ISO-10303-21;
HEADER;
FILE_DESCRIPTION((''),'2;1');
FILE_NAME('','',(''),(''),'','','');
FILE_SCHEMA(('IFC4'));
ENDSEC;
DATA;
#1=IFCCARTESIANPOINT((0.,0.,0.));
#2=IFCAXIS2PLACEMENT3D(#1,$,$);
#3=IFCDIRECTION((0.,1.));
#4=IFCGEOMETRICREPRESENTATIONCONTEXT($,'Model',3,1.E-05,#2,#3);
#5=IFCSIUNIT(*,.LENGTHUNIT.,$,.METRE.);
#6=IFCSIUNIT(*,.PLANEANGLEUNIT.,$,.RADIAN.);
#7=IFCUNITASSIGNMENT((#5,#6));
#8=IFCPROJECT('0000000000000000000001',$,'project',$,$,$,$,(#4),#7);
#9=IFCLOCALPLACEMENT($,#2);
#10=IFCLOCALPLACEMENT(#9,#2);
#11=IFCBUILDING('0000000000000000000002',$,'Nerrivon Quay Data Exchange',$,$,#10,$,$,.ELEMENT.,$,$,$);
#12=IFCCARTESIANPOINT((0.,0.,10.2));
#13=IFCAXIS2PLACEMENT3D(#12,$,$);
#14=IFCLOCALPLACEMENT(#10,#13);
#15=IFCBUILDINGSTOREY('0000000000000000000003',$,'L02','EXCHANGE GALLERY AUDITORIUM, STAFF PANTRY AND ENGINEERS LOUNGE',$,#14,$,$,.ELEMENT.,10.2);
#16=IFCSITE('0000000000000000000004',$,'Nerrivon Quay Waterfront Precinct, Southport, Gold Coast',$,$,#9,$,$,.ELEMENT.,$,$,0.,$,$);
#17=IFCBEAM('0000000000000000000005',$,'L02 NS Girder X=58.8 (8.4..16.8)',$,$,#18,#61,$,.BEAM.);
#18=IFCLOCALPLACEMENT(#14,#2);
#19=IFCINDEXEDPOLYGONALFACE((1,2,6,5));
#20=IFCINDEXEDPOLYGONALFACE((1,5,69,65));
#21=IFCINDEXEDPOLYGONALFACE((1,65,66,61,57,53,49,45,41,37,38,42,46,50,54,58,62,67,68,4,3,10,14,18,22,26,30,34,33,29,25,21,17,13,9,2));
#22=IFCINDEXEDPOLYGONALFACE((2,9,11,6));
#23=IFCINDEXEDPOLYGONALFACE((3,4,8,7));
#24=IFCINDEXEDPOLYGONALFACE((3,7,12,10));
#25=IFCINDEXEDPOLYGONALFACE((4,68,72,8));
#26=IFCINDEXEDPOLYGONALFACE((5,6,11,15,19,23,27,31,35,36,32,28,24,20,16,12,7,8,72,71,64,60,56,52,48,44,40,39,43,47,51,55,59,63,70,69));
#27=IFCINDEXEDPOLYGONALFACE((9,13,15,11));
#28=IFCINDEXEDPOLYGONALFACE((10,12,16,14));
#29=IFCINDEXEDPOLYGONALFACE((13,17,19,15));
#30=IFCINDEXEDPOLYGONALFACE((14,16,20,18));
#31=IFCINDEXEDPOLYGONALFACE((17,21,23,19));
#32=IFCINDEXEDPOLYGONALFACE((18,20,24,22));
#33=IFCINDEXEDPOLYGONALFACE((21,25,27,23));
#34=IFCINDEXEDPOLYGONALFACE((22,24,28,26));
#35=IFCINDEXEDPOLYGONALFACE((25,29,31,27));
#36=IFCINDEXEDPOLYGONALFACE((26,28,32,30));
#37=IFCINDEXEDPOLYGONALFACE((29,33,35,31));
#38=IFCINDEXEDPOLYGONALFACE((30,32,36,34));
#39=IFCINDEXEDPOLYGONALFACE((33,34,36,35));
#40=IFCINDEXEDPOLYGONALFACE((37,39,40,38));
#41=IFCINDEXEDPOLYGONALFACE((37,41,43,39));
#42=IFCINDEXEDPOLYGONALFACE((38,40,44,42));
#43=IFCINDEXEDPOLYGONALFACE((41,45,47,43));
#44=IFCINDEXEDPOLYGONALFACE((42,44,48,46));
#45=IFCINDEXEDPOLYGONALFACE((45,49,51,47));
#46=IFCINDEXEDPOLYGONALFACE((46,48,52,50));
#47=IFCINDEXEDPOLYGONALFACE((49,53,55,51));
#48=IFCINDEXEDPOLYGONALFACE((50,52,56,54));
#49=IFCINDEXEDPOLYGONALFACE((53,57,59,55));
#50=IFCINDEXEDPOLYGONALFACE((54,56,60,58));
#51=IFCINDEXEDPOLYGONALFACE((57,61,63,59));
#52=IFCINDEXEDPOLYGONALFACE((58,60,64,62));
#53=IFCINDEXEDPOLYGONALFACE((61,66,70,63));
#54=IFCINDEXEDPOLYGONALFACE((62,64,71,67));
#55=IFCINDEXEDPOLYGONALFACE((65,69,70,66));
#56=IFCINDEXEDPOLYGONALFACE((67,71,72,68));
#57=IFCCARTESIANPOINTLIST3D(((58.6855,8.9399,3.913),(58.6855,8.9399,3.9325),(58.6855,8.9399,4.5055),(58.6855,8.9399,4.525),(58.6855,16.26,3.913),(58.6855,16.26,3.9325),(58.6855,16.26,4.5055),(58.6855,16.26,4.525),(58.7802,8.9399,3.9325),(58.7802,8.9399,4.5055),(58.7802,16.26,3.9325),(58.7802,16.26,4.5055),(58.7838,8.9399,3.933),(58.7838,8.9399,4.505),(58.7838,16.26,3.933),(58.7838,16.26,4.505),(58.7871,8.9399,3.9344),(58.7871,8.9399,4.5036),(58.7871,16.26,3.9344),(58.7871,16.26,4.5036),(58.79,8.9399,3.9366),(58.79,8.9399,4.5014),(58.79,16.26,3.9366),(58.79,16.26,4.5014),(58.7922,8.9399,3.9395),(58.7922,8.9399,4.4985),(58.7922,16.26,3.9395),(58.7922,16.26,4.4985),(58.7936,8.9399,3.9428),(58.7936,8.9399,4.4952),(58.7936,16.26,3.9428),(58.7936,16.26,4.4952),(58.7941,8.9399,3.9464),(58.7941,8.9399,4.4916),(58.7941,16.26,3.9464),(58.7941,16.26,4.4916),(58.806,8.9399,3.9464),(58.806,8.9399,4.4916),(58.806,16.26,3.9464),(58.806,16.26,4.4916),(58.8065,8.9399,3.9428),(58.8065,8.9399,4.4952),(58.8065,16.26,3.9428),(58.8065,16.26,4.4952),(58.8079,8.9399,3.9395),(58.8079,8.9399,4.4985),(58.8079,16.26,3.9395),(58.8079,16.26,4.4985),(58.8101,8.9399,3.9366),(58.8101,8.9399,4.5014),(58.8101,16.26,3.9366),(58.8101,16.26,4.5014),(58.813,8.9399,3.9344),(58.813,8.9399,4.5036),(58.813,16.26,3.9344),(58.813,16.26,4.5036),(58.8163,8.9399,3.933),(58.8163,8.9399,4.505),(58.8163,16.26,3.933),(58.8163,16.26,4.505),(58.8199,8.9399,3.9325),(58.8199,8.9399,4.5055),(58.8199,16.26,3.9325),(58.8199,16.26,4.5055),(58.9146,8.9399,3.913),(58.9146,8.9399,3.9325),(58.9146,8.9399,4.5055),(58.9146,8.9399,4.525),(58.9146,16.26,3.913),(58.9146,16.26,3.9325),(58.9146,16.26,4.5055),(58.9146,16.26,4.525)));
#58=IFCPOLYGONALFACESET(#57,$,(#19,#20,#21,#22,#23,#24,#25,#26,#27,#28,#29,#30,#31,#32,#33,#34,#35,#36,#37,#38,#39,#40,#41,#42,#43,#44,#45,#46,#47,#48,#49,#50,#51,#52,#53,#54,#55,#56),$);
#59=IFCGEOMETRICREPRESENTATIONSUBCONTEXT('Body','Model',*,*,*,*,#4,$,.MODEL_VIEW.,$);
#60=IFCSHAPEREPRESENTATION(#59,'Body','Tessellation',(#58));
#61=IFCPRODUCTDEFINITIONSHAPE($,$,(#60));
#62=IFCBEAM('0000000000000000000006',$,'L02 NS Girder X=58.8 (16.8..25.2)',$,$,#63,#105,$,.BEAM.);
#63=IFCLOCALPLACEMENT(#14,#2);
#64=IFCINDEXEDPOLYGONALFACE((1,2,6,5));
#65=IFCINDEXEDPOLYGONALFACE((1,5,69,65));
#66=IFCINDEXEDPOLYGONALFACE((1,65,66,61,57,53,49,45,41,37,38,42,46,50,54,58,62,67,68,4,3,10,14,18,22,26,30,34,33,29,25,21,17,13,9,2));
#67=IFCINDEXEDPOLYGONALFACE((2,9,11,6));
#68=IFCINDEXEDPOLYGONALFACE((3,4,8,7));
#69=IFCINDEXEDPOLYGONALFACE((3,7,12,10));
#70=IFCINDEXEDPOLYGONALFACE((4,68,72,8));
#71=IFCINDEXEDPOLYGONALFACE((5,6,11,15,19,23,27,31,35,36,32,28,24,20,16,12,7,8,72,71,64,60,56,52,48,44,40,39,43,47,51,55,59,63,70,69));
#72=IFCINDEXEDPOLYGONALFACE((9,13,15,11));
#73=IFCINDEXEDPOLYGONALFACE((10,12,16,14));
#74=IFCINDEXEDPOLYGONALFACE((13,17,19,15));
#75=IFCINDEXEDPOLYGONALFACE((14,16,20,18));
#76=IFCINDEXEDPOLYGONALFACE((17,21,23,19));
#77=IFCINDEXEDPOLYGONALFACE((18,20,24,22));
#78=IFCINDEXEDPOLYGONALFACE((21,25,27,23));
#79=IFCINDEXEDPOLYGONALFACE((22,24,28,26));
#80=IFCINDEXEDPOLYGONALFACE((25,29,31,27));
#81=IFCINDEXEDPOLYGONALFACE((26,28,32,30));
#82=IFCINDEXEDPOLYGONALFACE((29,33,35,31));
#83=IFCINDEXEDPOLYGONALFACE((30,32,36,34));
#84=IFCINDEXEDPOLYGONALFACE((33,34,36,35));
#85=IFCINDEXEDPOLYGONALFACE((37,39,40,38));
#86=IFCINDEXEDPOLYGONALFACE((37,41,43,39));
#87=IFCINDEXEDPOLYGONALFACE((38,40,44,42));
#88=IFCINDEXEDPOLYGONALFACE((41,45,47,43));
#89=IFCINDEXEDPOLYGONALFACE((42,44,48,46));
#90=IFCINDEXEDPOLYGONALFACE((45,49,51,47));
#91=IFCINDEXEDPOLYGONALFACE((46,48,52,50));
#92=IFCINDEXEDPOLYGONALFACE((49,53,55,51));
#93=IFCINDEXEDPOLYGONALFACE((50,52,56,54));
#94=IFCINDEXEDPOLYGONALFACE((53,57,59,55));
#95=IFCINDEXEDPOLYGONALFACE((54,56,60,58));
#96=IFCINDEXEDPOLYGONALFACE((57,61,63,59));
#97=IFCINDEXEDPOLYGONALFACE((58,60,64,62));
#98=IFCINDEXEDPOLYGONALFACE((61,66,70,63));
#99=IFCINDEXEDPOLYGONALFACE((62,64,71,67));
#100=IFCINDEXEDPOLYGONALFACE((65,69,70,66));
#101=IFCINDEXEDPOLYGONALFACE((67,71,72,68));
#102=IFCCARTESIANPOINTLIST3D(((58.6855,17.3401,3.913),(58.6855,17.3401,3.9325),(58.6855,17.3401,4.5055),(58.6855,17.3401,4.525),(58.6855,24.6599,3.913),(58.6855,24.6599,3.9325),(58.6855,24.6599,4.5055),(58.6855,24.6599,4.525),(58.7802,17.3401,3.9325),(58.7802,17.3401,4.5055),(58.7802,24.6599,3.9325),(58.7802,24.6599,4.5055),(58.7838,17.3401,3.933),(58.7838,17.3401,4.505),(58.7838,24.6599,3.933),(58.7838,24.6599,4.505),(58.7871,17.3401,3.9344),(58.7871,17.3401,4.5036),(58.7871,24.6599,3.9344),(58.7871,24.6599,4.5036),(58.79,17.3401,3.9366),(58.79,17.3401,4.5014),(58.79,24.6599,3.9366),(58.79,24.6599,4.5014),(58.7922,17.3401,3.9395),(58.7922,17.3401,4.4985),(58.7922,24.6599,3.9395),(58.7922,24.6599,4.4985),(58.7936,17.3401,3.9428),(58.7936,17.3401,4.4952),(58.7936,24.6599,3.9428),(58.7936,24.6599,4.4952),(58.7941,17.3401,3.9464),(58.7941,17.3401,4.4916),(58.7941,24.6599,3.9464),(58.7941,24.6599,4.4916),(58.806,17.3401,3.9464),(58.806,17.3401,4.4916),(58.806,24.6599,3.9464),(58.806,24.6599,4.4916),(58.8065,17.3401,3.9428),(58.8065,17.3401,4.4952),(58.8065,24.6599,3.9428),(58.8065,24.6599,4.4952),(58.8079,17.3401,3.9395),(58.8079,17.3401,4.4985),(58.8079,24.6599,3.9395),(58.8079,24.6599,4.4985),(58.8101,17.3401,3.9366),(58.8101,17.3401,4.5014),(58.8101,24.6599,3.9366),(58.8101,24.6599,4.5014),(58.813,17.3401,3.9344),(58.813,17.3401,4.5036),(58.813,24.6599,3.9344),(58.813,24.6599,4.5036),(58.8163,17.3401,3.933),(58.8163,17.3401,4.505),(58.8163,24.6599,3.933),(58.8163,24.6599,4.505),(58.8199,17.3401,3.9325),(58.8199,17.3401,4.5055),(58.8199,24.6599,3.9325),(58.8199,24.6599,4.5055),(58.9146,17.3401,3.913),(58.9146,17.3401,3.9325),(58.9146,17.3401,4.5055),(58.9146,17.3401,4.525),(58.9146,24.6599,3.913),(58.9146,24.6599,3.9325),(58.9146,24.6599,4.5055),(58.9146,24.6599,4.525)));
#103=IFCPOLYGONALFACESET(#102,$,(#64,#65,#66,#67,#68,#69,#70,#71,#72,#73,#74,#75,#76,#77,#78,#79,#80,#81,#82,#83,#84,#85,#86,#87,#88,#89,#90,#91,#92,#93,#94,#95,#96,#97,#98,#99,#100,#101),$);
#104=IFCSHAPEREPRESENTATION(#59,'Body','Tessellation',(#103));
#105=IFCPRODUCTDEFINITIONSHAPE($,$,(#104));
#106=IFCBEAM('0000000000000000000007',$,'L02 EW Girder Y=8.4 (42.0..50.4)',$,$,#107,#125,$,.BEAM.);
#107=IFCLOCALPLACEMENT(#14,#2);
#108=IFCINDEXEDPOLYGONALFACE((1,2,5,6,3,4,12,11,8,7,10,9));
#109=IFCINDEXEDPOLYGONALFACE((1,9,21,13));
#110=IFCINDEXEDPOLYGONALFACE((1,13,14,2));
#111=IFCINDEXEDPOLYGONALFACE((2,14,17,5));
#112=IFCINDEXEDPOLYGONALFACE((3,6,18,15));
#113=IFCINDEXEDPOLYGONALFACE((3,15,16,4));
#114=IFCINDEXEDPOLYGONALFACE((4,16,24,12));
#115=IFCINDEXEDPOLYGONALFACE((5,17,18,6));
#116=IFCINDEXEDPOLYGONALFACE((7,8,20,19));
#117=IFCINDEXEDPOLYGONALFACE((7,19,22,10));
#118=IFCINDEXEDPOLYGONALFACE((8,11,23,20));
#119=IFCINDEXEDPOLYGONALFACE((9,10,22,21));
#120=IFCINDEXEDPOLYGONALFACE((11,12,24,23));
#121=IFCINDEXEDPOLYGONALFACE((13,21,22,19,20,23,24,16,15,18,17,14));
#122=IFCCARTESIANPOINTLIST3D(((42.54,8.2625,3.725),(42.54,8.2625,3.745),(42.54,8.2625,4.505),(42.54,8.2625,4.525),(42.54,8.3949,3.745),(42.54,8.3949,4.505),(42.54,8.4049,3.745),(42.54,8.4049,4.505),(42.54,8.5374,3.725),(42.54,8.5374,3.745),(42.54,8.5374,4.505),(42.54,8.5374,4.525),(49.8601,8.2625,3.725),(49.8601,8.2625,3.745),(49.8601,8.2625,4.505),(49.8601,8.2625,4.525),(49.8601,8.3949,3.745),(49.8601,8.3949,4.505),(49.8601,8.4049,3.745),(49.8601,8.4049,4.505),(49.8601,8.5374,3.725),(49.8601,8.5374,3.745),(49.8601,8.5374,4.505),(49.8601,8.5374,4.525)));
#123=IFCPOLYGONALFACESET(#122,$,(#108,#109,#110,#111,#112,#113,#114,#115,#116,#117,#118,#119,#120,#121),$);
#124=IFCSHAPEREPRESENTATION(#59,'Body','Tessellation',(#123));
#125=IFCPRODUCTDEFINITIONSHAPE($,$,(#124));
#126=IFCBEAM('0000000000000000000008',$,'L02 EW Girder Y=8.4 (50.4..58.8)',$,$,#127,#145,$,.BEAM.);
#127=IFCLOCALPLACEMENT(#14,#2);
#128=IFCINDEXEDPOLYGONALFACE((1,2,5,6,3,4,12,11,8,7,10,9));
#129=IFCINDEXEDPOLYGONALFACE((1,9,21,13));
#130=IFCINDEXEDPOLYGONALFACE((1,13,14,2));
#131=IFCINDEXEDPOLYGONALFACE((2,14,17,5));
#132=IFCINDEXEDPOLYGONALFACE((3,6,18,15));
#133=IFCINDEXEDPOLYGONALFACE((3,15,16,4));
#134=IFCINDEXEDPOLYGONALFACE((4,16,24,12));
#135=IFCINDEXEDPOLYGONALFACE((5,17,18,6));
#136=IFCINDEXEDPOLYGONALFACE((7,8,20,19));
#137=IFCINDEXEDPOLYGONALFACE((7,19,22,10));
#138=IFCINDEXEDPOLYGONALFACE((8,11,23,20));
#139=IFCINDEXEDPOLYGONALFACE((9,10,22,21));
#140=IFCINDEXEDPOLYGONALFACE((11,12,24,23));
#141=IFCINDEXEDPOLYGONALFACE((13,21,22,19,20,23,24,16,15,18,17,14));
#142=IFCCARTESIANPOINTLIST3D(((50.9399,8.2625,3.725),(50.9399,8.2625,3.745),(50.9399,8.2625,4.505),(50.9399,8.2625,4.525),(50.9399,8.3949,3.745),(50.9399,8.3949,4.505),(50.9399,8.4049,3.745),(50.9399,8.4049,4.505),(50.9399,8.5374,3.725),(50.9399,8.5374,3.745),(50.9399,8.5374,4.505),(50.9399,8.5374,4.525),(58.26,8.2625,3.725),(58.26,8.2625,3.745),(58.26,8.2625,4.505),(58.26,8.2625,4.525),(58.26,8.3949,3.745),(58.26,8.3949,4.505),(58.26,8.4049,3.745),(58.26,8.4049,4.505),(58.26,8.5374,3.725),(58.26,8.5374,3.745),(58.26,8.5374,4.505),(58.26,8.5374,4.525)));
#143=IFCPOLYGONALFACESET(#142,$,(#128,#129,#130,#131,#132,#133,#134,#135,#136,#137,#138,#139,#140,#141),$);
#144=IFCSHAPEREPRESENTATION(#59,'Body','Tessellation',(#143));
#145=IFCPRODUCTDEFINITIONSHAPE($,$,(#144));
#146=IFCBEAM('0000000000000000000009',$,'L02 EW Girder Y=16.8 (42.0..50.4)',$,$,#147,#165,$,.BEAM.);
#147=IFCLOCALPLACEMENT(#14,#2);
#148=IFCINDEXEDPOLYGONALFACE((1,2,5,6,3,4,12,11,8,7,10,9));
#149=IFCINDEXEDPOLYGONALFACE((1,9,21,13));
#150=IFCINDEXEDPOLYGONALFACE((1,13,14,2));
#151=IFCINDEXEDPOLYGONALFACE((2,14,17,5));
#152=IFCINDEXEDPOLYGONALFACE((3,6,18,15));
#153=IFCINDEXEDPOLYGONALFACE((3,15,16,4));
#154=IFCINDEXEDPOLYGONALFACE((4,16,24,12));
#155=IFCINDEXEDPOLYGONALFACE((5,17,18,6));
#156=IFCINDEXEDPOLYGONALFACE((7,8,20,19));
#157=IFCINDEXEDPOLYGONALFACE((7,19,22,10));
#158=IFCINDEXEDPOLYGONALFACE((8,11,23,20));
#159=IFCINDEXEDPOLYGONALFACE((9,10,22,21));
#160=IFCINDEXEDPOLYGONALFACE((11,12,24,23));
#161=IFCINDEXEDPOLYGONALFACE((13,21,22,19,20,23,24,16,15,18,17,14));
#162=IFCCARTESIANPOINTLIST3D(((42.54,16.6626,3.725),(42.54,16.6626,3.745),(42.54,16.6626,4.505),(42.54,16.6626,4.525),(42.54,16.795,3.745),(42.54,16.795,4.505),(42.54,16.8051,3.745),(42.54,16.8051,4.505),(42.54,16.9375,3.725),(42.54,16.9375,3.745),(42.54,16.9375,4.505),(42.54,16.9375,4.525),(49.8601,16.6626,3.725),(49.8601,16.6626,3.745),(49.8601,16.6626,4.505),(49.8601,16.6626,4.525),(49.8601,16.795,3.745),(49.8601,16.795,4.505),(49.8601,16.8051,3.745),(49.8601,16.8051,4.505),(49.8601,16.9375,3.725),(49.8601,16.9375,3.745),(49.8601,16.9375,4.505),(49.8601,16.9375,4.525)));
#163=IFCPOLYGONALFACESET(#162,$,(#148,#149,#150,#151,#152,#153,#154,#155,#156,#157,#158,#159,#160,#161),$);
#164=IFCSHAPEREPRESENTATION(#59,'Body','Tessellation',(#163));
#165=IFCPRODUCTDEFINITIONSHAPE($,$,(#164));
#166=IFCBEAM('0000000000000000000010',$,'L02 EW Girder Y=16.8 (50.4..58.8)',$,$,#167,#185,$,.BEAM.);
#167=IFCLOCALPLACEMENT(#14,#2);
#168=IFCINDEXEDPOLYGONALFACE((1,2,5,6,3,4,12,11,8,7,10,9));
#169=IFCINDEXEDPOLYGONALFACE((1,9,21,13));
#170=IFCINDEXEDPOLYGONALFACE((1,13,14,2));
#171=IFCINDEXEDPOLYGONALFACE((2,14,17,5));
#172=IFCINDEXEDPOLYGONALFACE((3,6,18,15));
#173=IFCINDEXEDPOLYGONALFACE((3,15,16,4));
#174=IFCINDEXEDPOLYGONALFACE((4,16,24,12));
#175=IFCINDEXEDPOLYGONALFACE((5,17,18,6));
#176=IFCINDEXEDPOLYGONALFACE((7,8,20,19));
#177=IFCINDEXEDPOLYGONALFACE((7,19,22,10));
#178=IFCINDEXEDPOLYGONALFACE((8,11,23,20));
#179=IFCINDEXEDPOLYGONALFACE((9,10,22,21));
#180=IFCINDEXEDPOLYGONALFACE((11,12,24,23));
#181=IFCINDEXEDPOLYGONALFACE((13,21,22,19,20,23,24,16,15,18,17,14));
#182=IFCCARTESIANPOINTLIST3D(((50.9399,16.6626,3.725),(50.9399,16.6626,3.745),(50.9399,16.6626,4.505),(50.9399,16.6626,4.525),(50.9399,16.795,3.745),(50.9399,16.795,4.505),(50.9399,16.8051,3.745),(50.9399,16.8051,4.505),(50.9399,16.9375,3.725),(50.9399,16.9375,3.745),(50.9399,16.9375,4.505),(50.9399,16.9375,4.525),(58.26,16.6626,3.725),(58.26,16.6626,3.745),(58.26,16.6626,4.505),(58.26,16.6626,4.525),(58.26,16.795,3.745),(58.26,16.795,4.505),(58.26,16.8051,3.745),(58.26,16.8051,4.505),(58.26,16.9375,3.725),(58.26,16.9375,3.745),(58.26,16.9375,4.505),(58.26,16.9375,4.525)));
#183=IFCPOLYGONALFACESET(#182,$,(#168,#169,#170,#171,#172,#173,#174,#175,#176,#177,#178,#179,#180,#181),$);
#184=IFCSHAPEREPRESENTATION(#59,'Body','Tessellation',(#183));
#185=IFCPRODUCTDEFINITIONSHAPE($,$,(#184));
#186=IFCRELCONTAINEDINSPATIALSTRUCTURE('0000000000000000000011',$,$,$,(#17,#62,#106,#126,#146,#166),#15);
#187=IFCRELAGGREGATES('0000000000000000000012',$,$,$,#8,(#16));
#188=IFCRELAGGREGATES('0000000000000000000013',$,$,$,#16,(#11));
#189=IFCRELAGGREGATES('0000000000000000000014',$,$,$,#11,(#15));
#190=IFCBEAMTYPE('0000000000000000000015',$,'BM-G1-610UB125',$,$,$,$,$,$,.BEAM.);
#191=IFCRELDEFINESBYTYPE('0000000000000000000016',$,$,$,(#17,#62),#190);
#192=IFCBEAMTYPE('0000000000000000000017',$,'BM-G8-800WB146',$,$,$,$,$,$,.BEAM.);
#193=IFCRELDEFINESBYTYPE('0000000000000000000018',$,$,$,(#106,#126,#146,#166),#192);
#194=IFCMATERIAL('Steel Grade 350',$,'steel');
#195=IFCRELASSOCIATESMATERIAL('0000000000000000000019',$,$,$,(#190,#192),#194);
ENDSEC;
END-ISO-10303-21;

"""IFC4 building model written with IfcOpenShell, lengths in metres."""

from ifc_helpers import new_model, si_unit, direction, frame, origin, origin_2d, place, context, subcontext, project, spatial, i_section, extrude, material, material_profile, profile_set, type_object, element, save


model = new_model("IFC4")

# Units and contexts
model_context = context("Model", 3, precision=1e-05, world=origin(), true_north=direction((0.0, 1.0)))
body_context = subcontext(model_context, "Body", "Model", "MODEL_VIEW")
ifc_project = project(units=[si_unit("LENGTHUNIT", "METRE"), si_unit("PLANEANGLEUNIT", "RADIAN")], contexts=[model_context])

# Site, building, storey
site_placement = place(None, origin())
site = spatial("IfcSite", under=ifc_project, at=site_placement, Name="Nerrivon Quay Waterfront Precinct, Southport, Gold Coast", CompositionType="ELEMENT", RefElevation=0.0)
building_placement = place(site_placement, origin())
building = spatial("IfcBuilding", under=site, at=building_placement, Name="Nerrivon Quay Data Exchange", CompositionType="ELEMENT")
storey_placement = place(building_placement, frame((0.0, 0.0, 10.2)))
storey = spatial("IfcBuildingStorey", under=building, at=storey_placement, Name="L02", Description="EXCHANGE GALLERY AUDITORIUM, STAFF PANTRY AND ENGINEERS LOUNGE", CompositionType="ELEMENT", Elevation=10.2)

# Beams
ifc_material_1 = material(Name="Steel Grade 350", Category="steel")
ifc_material_profile_1 = material_profile(ifc_material_1, i_section(OverallWidth=0.229, OverallDepth=0.6121, WebThickness=0.012, FlangeThickness=0.0195, FilletRadius=0.0139, at=origin_2d()), Name="610UB125")
ifc_profile_set_1 = profile_set([ifc_material_profile_1], Name="Steel Grade 350")
beam_type_1 = type_object("IfcBeamType", Name="BM-G1-610UB125", PredefinedType="BEAM", material=ifc_profile_set_1)
beam_1_placement = place(storey_placement, frame((58.8, 8.9399, 4.219), z_axis=(0.0, 1.0, 0.0), x_axis=(-1.0, 0.0, 0.0)))
element("IfcBeam", 1, at=beam_1_placement, inside=storey, type_object=beam_type_1, Name="L02 NS Girder X=58.8 (8.4..16.8)", PredefinedType="BEAM", context=body_context, shape_type="SweptSolid", body=[
    extrude(i_section(OverallWidth=0.229, OverallDepth=0.6121, WebThickness=0.012, FlangeThickness=0.0195, FilletRadius=0.0139, at=origin_2d()), origin(), (0.0, 0.0, 1.0), 7.3201),
])
beam_2_placement = place(storey_placement, frame((58.8, 17.3401, 4.219), z_axis=(0.0, 1.0, 0.0), x_axis=(-1.0, 0.0, 0.0)))
element("IfcBeam", 2, at=beam_2_placement, inside=storey, type_object=beam_type_1, Name="L02 NS Girder X=58.8 (16.8..25.2)", PredefinedType="BEAM", context=body_context, shape_type="SweptSolid", body=[
    extrude(i_section(OverallWidth=0.229, OverallDepth=0.6121, WebThickness=0.012, FlangeThickness=0.0195, FilletRadius=0.0139, at=origin_2d()), origin(), (0.0, 0.0, 1.0), 7.3198),
])
ifc_material_profile_2 = material_profile(ifc_material_1, i_section(OverallWidth=0.2749, OverallDepth=0.8, WebThickness=0.01, FlangeThickness=0.02, at=origin_2d()), Name="800WB146")
ifc_profile_set_2 = profile_set([ifc_material_profile_2], Name="Steel Grade 350")
beam_type_2 = type_object("IfcBeamType", Name="BM-G8-800WB146", PredefinedType="BEAM", material=ifc_profile_set_2)
for number, where, z_axis, x_axis, name in (
    (3, (42.54, 8.3999, 4.125), (1.0, 0.0, 0.0), (0.0, 1.0, 0.0), "L02 EW Girder Y=8.4 (42.0..50.4)"),
    (4, (50.9399, 8.3999, 4.125), (1.0, 0.0, 0.0), (0.0, 1.0, 0.0), "L02 EW Girder Y=8.4 (50.4..58.8)"),
    (5, (42.54, 16.8, 4.125), (1.0, 0.0, 0.0), (0.0, 1.0, 0.0), "L02 EW Girder Y=16.8 (42.0..50.4)"),
    (6, (50.9399, 16.8, 4.125), (1.0, 0.0, 0.0), (0.0, 1.0, 0.0), "L02 EW Girder Y=16.8 (50.4..58.8)"),
):
    element("IfcBeam", number, at=place(storey_placement, frame(where, z_axis=z_axis, x_axis=x_axis)), inside=storey, type_object=beam_type_2, Name=name, PredefinedType="BEAM", context=body_context, shape_type="SweptSolid", body=[
        extrude(i_section(OverallWidth=0.2749, OverallDepth=0.8, WebThickness=0.01, FlangeThickness=0.02, at=origin_2d()), origin(), (0.0, 0.0, 1.0), 7.3201),
    ])

save(model, "model.ifc")
